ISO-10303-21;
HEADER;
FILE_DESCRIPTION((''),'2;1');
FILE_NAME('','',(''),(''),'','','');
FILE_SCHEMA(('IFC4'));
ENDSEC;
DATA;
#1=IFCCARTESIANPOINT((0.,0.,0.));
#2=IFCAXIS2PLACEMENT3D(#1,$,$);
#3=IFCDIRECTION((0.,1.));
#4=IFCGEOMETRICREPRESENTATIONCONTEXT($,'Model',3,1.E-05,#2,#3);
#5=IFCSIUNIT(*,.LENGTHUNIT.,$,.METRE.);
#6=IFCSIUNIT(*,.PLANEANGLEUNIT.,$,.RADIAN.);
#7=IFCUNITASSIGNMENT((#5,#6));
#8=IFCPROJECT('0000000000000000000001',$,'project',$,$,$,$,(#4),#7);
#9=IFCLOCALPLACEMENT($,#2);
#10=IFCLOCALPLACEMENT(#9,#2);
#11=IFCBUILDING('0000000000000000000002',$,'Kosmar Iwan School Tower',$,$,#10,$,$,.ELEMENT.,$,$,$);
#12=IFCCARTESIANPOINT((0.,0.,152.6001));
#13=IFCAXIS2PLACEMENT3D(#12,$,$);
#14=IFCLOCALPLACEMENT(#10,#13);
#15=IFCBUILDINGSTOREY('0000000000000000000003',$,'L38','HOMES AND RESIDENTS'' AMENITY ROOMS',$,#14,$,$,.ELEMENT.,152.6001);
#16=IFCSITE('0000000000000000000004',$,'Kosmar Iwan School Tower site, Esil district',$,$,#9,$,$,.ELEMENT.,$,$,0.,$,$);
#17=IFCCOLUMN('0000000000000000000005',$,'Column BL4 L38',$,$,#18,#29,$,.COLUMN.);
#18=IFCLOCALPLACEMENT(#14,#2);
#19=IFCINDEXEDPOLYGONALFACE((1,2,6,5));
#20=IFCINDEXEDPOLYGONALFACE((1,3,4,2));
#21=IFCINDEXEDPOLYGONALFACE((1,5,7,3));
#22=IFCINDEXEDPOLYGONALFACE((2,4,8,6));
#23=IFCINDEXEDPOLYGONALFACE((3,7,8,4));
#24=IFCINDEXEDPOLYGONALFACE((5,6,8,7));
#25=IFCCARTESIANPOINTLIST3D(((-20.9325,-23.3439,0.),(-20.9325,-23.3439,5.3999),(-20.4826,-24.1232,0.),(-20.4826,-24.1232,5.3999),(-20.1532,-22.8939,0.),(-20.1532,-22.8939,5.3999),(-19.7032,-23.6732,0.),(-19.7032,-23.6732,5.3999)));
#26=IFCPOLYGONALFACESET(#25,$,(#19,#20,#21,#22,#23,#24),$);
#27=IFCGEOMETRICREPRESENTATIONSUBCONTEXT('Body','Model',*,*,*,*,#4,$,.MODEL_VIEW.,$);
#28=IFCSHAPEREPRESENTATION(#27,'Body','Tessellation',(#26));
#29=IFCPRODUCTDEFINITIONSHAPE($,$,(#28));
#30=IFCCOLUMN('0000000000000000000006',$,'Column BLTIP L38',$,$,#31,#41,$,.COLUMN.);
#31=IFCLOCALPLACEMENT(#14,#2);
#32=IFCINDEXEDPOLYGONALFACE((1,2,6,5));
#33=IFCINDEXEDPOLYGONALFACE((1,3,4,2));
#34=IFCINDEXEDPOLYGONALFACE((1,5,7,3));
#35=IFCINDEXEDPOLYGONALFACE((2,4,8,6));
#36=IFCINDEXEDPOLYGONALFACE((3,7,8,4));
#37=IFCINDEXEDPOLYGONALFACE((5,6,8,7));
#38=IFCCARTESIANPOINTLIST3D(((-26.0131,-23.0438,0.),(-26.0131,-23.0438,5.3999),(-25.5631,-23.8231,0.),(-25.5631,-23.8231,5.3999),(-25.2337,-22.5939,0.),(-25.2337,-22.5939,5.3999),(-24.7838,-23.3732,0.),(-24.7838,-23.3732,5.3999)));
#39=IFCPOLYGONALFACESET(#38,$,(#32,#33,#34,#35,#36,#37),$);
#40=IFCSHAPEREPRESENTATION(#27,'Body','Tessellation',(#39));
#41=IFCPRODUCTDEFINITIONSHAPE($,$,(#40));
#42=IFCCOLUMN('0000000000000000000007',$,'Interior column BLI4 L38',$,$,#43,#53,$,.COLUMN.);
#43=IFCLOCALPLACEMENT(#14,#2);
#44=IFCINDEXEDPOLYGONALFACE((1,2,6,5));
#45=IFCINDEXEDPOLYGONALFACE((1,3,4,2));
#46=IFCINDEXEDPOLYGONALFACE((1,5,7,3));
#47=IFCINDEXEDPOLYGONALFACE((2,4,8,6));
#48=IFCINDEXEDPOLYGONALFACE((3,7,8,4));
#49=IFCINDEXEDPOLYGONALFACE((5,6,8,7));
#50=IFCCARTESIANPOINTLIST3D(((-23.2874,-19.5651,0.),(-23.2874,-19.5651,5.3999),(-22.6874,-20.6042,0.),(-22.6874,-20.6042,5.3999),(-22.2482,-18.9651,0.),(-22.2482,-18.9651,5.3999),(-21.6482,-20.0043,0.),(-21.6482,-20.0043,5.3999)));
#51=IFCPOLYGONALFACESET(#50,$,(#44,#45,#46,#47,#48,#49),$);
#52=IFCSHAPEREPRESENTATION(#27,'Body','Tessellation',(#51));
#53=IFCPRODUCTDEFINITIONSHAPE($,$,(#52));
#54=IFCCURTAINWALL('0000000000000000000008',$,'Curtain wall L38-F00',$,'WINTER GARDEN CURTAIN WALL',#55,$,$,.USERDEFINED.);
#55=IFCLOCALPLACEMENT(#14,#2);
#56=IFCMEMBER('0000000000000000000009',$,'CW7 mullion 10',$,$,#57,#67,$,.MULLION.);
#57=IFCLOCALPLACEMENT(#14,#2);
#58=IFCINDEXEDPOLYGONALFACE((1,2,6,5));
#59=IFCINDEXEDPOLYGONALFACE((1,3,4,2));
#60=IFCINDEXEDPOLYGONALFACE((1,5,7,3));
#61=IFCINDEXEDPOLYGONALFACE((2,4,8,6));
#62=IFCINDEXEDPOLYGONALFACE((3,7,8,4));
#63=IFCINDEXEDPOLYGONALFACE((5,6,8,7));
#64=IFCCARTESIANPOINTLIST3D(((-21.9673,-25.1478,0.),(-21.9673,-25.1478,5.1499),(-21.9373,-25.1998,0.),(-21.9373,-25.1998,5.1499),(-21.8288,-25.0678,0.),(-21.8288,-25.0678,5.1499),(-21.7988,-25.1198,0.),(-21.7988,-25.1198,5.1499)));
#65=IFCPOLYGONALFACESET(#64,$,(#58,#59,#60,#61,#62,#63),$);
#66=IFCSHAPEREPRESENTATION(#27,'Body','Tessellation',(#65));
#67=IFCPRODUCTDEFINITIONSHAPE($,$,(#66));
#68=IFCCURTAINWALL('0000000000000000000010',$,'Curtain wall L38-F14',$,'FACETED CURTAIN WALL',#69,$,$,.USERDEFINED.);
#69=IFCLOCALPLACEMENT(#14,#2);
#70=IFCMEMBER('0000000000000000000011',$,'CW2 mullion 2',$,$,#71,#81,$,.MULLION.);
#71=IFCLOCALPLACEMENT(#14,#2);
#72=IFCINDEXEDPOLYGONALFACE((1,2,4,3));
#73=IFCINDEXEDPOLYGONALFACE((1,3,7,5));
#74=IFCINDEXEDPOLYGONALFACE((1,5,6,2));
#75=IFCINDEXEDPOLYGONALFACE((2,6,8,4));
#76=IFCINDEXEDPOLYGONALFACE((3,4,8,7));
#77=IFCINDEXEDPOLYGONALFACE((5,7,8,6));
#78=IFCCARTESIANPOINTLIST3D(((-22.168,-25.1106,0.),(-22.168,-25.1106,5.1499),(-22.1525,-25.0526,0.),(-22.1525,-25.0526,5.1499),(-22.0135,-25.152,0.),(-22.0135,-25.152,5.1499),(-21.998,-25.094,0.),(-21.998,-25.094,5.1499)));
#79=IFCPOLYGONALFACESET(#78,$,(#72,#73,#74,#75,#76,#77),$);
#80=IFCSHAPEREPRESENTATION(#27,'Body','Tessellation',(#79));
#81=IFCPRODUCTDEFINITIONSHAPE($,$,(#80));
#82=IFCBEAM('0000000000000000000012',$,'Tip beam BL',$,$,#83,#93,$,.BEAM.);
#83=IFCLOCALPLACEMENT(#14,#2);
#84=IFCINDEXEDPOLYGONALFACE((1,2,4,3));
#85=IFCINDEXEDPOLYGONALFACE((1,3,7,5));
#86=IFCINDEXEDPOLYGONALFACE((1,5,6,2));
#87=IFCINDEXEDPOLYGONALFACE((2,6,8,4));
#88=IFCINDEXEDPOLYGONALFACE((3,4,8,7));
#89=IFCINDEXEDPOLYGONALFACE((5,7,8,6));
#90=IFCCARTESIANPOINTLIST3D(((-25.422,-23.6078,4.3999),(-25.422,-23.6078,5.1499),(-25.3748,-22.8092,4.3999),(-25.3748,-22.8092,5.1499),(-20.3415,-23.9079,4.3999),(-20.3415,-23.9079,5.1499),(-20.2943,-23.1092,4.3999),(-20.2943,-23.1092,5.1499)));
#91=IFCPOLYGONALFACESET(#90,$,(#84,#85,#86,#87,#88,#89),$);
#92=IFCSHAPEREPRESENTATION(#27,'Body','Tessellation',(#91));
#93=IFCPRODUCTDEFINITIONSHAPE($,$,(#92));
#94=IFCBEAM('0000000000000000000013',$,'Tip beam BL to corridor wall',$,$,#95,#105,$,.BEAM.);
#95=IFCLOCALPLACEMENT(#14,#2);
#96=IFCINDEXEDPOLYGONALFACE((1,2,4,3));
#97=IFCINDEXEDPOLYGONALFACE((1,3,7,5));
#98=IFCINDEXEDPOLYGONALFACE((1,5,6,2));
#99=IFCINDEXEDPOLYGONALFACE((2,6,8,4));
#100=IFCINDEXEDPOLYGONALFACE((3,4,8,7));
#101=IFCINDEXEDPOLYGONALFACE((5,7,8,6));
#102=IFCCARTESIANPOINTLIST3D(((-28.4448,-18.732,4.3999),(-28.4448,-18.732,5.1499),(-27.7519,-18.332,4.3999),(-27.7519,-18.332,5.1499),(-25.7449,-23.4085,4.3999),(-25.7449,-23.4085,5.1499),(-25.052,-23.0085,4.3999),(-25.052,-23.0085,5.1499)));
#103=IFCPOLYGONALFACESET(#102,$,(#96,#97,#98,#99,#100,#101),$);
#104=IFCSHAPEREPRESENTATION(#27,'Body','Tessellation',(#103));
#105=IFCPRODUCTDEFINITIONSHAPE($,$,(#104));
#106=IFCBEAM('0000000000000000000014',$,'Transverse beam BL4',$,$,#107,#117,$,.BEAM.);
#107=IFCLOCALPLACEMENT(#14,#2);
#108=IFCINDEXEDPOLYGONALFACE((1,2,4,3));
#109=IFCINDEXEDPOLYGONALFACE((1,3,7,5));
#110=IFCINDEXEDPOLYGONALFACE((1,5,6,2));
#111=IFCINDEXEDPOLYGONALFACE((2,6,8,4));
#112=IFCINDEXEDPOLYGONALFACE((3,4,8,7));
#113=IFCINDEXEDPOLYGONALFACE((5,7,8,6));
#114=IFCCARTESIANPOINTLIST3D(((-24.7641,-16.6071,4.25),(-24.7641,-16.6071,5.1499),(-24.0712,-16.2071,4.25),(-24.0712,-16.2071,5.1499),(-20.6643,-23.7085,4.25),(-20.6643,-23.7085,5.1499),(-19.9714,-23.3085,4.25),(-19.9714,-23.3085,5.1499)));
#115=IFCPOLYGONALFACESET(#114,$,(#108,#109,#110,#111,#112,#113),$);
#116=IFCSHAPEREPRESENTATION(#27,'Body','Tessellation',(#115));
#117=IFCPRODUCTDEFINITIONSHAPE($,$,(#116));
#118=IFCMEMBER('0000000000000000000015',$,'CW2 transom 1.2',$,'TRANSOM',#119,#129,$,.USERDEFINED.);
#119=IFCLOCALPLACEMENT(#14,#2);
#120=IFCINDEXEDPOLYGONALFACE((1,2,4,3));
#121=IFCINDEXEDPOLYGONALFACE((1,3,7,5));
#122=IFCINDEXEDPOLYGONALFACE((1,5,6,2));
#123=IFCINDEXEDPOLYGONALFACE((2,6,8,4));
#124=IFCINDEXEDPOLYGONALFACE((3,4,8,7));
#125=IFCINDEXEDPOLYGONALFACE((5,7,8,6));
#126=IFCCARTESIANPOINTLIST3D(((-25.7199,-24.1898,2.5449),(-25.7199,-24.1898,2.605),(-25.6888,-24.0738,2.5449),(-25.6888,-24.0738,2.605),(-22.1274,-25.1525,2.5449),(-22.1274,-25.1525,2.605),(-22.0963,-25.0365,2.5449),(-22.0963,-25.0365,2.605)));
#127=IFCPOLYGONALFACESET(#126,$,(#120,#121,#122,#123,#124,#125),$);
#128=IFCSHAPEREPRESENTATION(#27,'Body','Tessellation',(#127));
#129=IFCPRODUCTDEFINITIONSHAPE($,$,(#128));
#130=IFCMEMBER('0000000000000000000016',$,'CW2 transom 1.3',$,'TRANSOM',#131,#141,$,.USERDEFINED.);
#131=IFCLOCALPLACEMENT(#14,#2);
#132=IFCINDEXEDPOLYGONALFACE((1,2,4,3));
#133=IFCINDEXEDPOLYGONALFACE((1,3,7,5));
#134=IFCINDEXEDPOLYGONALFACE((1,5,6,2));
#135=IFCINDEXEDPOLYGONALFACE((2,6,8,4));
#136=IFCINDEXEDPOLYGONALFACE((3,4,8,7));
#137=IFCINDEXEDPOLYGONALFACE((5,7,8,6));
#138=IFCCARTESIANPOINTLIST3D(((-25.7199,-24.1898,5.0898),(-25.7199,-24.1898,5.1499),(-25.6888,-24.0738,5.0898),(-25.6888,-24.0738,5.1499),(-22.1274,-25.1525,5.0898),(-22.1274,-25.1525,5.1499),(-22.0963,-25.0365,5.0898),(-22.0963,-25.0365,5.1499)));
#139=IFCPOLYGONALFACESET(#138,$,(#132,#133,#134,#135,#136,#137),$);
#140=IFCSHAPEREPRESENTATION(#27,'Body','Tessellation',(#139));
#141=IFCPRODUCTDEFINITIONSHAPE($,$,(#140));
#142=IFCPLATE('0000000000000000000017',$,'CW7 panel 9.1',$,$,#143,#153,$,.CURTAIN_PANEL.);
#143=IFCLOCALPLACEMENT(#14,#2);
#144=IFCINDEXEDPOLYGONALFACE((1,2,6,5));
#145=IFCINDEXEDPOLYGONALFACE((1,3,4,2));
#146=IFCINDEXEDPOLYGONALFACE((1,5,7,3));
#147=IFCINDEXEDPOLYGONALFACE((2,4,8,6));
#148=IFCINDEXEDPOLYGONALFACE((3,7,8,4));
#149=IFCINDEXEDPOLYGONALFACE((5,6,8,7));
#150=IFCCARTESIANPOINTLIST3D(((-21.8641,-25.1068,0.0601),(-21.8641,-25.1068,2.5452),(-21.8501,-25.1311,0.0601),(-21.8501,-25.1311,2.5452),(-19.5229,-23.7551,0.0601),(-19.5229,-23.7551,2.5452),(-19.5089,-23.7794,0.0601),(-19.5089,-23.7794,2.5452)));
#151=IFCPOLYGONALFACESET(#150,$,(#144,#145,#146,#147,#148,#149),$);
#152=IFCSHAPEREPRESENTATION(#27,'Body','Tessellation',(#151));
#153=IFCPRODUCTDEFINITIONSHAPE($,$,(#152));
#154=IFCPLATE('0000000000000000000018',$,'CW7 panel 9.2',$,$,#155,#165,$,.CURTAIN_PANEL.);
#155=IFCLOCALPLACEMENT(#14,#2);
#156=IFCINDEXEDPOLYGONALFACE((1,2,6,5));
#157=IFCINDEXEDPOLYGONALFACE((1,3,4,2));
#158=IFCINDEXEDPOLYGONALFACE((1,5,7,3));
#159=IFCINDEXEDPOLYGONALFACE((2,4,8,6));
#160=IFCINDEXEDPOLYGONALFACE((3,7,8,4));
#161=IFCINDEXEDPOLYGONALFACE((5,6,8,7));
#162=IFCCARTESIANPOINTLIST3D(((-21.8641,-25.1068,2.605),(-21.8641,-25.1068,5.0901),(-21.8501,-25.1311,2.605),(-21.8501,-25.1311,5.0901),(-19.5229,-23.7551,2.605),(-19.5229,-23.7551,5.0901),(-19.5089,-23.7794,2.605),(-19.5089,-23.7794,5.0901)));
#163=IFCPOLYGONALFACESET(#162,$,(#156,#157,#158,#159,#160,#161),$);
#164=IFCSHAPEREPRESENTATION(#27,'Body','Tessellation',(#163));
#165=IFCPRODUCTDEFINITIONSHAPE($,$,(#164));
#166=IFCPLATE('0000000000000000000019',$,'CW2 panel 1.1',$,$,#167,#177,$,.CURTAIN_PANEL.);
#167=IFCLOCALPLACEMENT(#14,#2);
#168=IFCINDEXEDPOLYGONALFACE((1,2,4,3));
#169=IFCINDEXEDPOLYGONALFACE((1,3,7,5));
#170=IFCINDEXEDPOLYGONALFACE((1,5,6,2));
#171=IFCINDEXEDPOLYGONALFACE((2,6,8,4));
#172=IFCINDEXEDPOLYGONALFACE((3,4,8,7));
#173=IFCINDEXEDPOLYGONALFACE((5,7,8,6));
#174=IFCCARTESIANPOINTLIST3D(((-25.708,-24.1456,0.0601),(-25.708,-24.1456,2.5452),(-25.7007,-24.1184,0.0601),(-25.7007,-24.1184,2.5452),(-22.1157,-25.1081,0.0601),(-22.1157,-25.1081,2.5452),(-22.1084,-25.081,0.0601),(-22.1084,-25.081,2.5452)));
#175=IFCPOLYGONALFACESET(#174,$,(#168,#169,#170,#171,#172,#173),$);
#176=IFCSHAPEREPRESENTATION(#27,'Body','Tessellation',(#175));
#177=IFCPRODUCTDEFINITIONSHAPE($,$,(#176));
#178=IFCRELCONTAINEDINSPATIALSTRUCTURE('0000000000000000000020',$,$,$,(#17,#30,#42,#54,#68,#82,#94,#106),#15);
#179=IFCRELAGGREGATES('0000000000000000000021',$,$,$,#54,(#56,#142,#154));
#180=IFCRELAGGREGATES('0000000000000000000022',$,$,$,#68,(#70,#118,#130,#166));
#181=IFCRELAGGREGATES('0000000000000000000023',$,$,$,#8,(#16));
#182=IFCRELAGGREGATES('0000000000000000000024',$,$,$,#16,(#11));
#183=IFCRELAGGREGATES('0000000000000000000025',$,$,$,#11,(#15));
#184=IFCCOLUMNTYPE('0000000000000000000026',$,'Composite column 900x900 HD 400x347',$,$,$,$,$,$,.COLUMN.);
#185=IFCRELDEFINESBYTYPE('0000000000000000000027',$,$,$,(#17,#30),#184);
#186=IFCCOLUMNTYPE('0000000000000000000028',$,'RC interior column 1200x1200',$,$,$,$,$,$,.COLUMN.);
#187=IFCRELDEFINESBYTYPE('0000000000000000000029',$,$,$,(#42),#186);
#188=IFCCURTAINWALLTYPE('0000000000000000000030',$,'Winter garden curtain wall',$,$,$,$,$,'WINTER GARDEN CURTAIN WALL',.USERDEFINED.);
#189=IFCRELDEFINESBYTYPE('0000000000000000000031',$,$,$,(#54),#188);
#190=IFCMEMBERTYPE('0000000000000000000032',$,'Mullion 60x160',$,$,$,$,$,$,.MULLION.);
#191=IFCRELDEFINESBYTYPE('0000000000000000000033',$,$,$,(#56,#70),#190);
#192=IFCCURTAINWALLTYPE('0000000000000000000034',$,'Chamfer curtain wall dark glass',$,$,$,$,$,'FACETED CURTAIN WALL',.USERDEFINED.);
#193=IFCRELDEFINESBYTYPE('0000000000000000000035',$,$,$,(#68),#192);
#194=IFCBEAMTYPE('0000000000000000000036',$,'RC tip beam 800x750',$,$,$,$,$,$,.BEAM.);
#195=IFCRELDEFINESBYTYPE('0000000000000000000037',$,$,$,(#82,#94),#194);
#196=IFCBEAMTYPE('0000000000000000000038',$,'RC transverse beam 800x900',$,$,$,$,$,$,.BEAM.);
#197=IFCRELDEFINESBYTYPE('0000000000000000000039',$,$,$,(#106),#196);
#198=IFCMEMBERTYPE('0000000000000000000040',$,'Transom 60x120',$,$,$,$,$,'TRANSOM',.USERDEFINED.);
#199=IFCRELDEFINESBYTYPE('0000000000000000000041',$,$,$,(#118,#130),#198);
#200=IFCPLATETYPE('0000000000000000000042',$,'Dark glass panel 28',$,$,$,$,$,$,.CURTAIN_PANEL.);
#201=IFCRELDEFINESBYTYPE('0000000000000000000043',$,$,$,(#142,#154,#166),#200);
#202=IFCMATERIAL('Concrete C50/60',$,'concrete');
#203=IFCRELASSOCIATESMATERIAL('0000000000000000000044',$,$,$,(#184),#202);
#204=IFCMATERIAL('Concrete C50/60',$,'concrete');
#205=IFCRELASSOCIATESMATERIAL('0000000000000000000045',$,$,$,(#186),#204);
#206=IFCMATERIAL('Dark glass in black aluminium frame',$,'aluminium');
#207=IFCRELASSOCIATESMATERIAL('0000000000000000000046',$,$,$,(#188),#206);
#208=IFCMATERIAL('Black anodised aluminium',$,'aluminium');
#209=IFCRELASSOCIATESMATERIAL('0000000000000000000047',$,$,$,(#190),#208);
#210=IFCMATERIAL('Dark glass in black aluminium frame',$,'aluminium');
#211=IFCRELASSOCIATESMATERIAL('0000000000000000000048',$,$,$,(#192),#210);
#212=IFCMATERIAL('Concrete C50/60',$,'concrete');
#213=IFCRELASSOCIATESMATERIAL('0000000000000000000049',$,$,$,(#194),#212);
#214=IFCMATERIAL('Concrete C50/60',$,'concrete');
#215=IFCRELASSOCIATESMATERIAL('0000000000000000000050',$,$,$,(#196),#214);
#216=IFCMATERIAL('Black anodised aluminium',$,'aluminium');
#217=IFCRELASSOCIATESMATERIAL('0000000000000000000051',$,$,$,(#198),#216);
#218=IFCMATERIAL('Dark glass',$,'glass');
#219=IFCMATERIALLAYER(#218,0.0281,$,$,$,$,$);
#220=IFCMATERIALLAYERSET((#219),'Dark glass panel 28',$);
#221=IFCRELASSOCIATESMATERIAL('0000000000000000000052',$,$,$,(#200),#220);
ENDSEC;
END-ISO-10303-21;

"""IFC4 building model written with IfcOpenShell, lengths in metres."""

from ifc_helpers import new_model, si_unit, direction, frame, origin, origin_2d, place, context, subcontext, project, spatial, rectangle, extrude, material, layer, layer_set, material_profile, profile_set, type_object, element, aggregate, save


model = new_model("IFC4")

# Units and contexts
model_context = context("Model", 3, precision=1e-05, world=origin(), true_north=direction((0.0, 1.0)))
body_context = subcontext(model_context, "Body", "Model", "MODEL_VIEW")
ifc_project = project(units=[si_unit("LENGTHUNIT", "METRE"), si_unit("PLANEANGLEUNIT", "RADIAN")], contexts=[model_context])

# Site, building, storey
site_placement = place(None, origin())
site = spatial("IfcSite", under=ifc_project, at=site_placement, Name="Kosmar Iwan School Tower site, Esil district", CompositionType="ELEMENT", RefElevation=0.0)
building_placement = place(site_placement, origin())
building = spatial("IfcBuilding", under=site, at=building_placement, Name="Kosmar Iwan School Tower", CompositionType="ELEMENT")
storey_placement = place(building_placement, frame((0.0, 0.0, 152.6001)))
storey = spatial("IfcBuildingStorey", under=building, at=storey_placement, Name="L38", Description="HOMES AND RESIDENTS' AMENITY ROOMS", CompositionType="ELEMENT", Elevation=152.6001)

# Columns
ifc_material_1 = material(Name="Concrete C50/60", Category="concrete")
ifc_material_profile_1 = material_profile(ifc_material_1, rectangle(XDim=0.8999, YDim=0.8999, at=origin_2d()), Name="RC 900x900 + HD 400x347")
ifc_profile_set_1 = profile_set([ifc_material_profile_1], Name="Concrete C50/60")
column_type_1 = type_object("IfcColumnType", Name="Composite column 900x900 HD 400x347", PredefinedType="COLUMN", material=ifc_profile_set_1)
for number, where, z_axis, x_axis, name in (
    (1, (-20.3179, -23.5085, 0.0), (0.0, 0.0, 1.0), (-0.866025, -0.5, 0.0), "Column BL4 L38"),
    (2, (-25.3984, -23.2085, 0.0), (0.0, 0.0, 1.0), (-0.866025, -0.5, 0.0), "Column BLTIP L38"),
):
    element("IfcColumn", number, at=place(storey_placement, frame(where, z_axis=z_axis, x_axis=x_axis)), inside=storey, type_object=column_type_1, Name=name, PredefinedType="COLUMN", context=body_context, shape_type="SweptSolid", body=[
        extrude(rectangle(XDim=0.8999, YDim=0.8999, at=origin_2d()), origin(), (0.0, 0.0, 1.0), 5.3999),
    ])
ifc_material_2 = material(Name="Concrete C50/60", Category="concrete")
ifc_material_profile_2 = material_profile(ifc_material_2, rectangle(XDim=1.2, YDim=1.2, at=origin_2d()), Name="RC 1200x1200")
ifc_profile_set_2 = profile_set([ifc_material_profile_2], Name="Concrete C50/60")
column_type_2 = type_object("IfcColumnType", Name="RC interior column 1200x1200", PredefinedType="COLUMN", material=ifc_profile_set_2)
column_placement = place(storey_placement, frame((-22.4678, -19.7847, 0.0), z_axis=(0.0, 0.0, 1.0), x_axis=(-0.866025, -0.5, 0.0)))
element("IfcColumn", 3, at=column_placement, inside=storey, type_object=column_type_2, Name="Interior column BLI4 L38", PredefinedType="COLUMN", context=body_context, shape_type="SweptSolid", body=[
    extrude(rectangle(XDim=1.2, YDim=1.2, at=origin_2d()), origin(), (0.0, 0.0, 1.0), 5.3999),
])

# Curtain walls, members
ifc_material_3 = material(Name="Dark glass in black aluminium frame", Category="aluminium")
curtain_wall_type_1 = type_object("IfcCurtainWallType", Name="Winter garden curtain wall", ElementType="WINTER GARDEN CURTAIN WALL", PredefinedType="USERDEFINED", material=ifc_material_3)
curtain_wall_1_placement = place(storey_placement, origin())
curtain_wall_1 = element("IfcCurtainWall", 4, at=curtain_wall_1_placement, inside=storey, type_object=curtain_wall_type_1, Name="Curtain wall L38-F00", ObjectType="WINTER GARDEN CURTAIN WALL", PredefinedType="USERDEFINED")
ifc_material_4 = material(Name="Black anodised aluminium", Category="aluminium")
ifc_material_profile_3 = material_profile(ifc_material_4, rectangle(XDim=0.0601, YDim=0.1599, at=origin_2d()), Name="MULLION 60x160")
ifc_profile_set_3 = profile_set([ifc_material_profile_3], Name="Black anodised aluminium")
member_type_1 = type_object("IfcMemberType", Name="Mullion 60x160", PredefinedType="MULLION", material=ifc_profile_set_3)
member_1_placement = place(storey_placement, frame((-21.8831, -25.1338, 0.0), z_axis=(0.0, 0.0, 1.0), x_axis=(0.5, -0.866025, 0.0)))
member_1 = element("IfcMember", 5, at=member_1_placement, type_object=member_type_1, Name="CW7 mullion 10", PredefinedType="MULLION", context=body_context, shape_type="SweptSolid", body=[
    extrude(rectangle(XDim=0.0601, YDim=0.1599, at=origin_2d()), origin(), (0.0, 0.0, 1.0), 5.1499),
])
ifc_material_5 = material(Name="Dark glass in black aluminium frame", Category="aluminium")
curtain_wall_type_2 = type_object("IfcCurtainWallType", Name="Chamfer curtain wall dark glass", ElementType="FACETED CURTAIN WALL", PredefinedType="USERDEFINED", material=ifc_material_5)
curtain_wall_2_placement = place(storey_placement, origin())
curtain_wall_2 = element("IfcCurtainWall", 6, at=curtain_wall_2_placement, inside=storey, type_object=curtain_wall_type_2, Name="Curtain wall L38-F14", ObjectType="FACETED CURTAIN WALL", PredefinedType="USERDEFINED")
member_2_placement = place(storey_placement, frame((-22.083, -25.1023, 0.0), z_axis=(0.0, 0.0, 1.0), x_axis=(0.258819, 0.965926, 0.0)))
member_2 = element("IfcMember", 7, at=member_2_placement, type_object=member_type_1, Name="CW2 mullion 2", PredefinedType="MULLION", context=body_context, shape_type="SweptSolid", body=[
    extrude(rectangle(XDim=0.0601, YDim=0.1599, at=origin_2d()), origin(), (0.0, 0.0, 1.0), 5.1499),
])

# Beams
ifc_material_6 = material(Name="Concrete C50/60", Category="concrete")
ifc_material_profile_4 = material_profile(ifc_material_6, rectangle(XDim=0.8, YDim=0.75, at=origin_2d()), Name="RC 800x750")
ifc_profile_set_4 = profile_set([ifc_material_profile_4], Name="Concrete C50/60")
beam_type_1 = type_object("IfcBeamType", Name="RC tip beam 800x750", PredefinedType="BEAM", material=ifc_profile_set_4)
beam_1_placement = place(storey_placement, frame((-20.3179, -23.5085, 4.7749), z_axis=(-0.998261, 0.058955, 0.0), x_axis=(-0.058955, -0.998261, 0.0)))
element("IfcBeam", 8, at=beam_1_placement, inside=storey, type_object=beam_type_1, Name="Tip beam BL", PredefinedType="BEAM", context=body_context, shape_type="SweptSolid", body=[
    extrude(rectangle(XDim=0.8, YDim=0.75, at=origin_2d()), origin(), (0.0, 0.0, 1.0), 5.0894),
])
beam_2_placement = place(storey_placement, frame((-25.3984, -23.2085, 4.7749), z_axis=(-0.499995, 0.866028, 0.0), x_axis=(-0.866028, -0.499995, 0.0)))
element("IfcBeam", 9, at=beam_2_placement, inside=storey, type_object=beam_type_1, Name="Tip beam BL to corridor wall", PredefinedType="BEAM", context=body_context, shape_type="SweptSolid", body=[
    extrude(rectangle(XDim=0.8, YDim=0.75, at=origin_2d()), origin(), (0.0, 0.0, 1.0), 5.3999),
])
ifc_material_7 = material(Name="Concrete C50/60", Category="concrete")
ifc_material_profile_5 = material_profile(ifc_material_7, rectangle(XDim=0.8, YDim=0.8999, at=origin_2d()), Name="RC 800x900")
ifc_profile_set_5 = profile_set([ifc_material_profile_5], Name="Concrete C50/60")
beam_type_2 = type_object("IfcBeamType", Name="RC transverse beam 800x900", PredefinedType="BEAM", material=ifc_profile_set_5)
beam_3_placement = place(storey_placement, frame((-20.3179, -23.5085, 4.7), z_axis=(-0.499978, 0.866038, 0.0), x_axis=(-0.866038, -0.499978, 0.0)))
element("IfcBeam", 10, at=beam_3_placement, inside=storey, type_object=beam_type_2, Name="Transverse beam BL4", PredefinedType="BEAM", context=body_context, shape_type="SweptSolid", body=[
    extrude(rectangle(XDim=0.8, YDim=0.8999, at=origin_2d()), origin(), (0.0, 0.0, 1.0), 8.2),
])

# Members
ifc_material_8 = material(Name="Black anodised aluminium", Category="aluminium")
ifc_material_profile_6 = material_profile(ifc_material_8, rectangle(XDim=0.1201, YDim=0.0601, at=origin_2d()), Name="TRANSOM 60x120")
ifc_profile_set_6 = profile_set([ifc_material_profile_6], Name="Black anodised aluminium")
member_type_2 = type_object("IfcMemberType", Name="Transom 60x120", ElementType="TRANSOM", PredefinedType="USERDEFINED", material=ifc_profile_set_6)
member_3_placement = place(storey_placement, frame((-25.7043, -24.1318, 2.575), z_axis=(0.965924, -0.258827, 0.0), x_axis=(0.258827, 0.965924, 0.0)))
member_3 = element("IfcMember", 11, at=member_3_placement, type_object=member_type_2, Name="CW2 transom 1.2", ObjectType="TRANSOM", PredefinedType="USERDEFINED", context=body_context, shape_type="SweptSolid", body=[
    extrude(rectangle(XDim=0.1201, YDim=0.0601, at=origin_2d()), origin(), (0.0, 0.0, 1.0), 3.7192),
])
member_4_placement = place(storey_placement, frame((-25.7043, -24.1318, 5.1199), z_axis=(0.965924, -0.258827, 0.0), x_axis=(0.258827, 0.965924, 0.0)))
member_4 = element("IfcMember", 12, at=member_4_placement, type_object=member_type_2, Name="CW2 transom 1.3", ObjectType="TRANSOM", PredefinedType="USERDEFINED", context=body_context, shape_type="SweptSolid", body=[
    extrude(rectangle(XDim=0.1201, YDim=0.0601, at=origin_2d()), origin(), (0.0, 0.0, 1.0), 3.7192),
])

# Plates
ifc_material_9 = material(Name="Dark glass", Category="glass")
ifc_layer_1 = layer(ifc_material_9, 0.0281)
ifc_layer_set_1 = layer_set([ifc_layer_1], Name="Dark glass panel 28")
plate_type = type_object("IfcPlateType", Name="Dark glass panel 28", PredefinedType="CURTAIN_PANEL", material=ifc_layer_set_1)
plate_1_placement = place(storey_placement, frame((-20.6865, -24.4431, 0.0601), z_axis=(0.0, 0.0, 1.0), x_axis=(-0.866025, -0.5, 0.0)))
plate_1 = element("IfcPlate", 13, at=plate_1_placement, type_object=plate_type, Name="CW7 panel 9.1", PredefinedType="CURTAIN_PANEL", context=body_context, shape_type="SweptSolid", body=[
    extrude(rectangle(XDim=2.7034, YDim=0.0281, at=origin_2d()), origin(), (0.0, 0.0, 1.0), 2.4851),
])
plate_2_placement = place(storey_placement, frame((-20.6865, -24.4431, 2.605), z_axis=(0.0, 0.0, 1.0), x_axis=(-0.866025, -0.5, 0.0)))
plate_2 = element("IfcPlate", 14, at=plate_2_placement, type_object=plate_type, Name="CW7 panel 9.2", PredefinedType="CURTAIN_PANEL", context=body_context, shape_type="SweptSolid", body=[
    extrude(rectangle(XDim=2.7034, YDim=0.0281, at=origin_2d()), origin(), (0.0, 0.0, 1.0), 2.4851),
])
aggregate(curtain_wall_1, [member_1, plate_1, plate_2])
plate_3_placement = place(storey_placement, frame((-23.9082, -24.6133, 0.0601), z_axis=(0.0, 0.0, 1.0), x_axis=(0.965926, -0.258819, 0.0)))
plate_3 = element("IfcPlate", 15, at=plate_3_placement, type_object=plate_type, Name="CW2 panel 1.1", PredefinedType="CURTAIN_PANEL", context=body_context, shape_type="SweptSolid", body=[
    extrude(rectangle(XDim=3.719, YDim=0.0281, at=origin_2d()), origin(), (0.0, 0.0, 1.0), 2.4851),
])
aggregate(curtain_wall_2, [member_2, member_3, member_4, plate_3])

save(model, "model.ifc")
